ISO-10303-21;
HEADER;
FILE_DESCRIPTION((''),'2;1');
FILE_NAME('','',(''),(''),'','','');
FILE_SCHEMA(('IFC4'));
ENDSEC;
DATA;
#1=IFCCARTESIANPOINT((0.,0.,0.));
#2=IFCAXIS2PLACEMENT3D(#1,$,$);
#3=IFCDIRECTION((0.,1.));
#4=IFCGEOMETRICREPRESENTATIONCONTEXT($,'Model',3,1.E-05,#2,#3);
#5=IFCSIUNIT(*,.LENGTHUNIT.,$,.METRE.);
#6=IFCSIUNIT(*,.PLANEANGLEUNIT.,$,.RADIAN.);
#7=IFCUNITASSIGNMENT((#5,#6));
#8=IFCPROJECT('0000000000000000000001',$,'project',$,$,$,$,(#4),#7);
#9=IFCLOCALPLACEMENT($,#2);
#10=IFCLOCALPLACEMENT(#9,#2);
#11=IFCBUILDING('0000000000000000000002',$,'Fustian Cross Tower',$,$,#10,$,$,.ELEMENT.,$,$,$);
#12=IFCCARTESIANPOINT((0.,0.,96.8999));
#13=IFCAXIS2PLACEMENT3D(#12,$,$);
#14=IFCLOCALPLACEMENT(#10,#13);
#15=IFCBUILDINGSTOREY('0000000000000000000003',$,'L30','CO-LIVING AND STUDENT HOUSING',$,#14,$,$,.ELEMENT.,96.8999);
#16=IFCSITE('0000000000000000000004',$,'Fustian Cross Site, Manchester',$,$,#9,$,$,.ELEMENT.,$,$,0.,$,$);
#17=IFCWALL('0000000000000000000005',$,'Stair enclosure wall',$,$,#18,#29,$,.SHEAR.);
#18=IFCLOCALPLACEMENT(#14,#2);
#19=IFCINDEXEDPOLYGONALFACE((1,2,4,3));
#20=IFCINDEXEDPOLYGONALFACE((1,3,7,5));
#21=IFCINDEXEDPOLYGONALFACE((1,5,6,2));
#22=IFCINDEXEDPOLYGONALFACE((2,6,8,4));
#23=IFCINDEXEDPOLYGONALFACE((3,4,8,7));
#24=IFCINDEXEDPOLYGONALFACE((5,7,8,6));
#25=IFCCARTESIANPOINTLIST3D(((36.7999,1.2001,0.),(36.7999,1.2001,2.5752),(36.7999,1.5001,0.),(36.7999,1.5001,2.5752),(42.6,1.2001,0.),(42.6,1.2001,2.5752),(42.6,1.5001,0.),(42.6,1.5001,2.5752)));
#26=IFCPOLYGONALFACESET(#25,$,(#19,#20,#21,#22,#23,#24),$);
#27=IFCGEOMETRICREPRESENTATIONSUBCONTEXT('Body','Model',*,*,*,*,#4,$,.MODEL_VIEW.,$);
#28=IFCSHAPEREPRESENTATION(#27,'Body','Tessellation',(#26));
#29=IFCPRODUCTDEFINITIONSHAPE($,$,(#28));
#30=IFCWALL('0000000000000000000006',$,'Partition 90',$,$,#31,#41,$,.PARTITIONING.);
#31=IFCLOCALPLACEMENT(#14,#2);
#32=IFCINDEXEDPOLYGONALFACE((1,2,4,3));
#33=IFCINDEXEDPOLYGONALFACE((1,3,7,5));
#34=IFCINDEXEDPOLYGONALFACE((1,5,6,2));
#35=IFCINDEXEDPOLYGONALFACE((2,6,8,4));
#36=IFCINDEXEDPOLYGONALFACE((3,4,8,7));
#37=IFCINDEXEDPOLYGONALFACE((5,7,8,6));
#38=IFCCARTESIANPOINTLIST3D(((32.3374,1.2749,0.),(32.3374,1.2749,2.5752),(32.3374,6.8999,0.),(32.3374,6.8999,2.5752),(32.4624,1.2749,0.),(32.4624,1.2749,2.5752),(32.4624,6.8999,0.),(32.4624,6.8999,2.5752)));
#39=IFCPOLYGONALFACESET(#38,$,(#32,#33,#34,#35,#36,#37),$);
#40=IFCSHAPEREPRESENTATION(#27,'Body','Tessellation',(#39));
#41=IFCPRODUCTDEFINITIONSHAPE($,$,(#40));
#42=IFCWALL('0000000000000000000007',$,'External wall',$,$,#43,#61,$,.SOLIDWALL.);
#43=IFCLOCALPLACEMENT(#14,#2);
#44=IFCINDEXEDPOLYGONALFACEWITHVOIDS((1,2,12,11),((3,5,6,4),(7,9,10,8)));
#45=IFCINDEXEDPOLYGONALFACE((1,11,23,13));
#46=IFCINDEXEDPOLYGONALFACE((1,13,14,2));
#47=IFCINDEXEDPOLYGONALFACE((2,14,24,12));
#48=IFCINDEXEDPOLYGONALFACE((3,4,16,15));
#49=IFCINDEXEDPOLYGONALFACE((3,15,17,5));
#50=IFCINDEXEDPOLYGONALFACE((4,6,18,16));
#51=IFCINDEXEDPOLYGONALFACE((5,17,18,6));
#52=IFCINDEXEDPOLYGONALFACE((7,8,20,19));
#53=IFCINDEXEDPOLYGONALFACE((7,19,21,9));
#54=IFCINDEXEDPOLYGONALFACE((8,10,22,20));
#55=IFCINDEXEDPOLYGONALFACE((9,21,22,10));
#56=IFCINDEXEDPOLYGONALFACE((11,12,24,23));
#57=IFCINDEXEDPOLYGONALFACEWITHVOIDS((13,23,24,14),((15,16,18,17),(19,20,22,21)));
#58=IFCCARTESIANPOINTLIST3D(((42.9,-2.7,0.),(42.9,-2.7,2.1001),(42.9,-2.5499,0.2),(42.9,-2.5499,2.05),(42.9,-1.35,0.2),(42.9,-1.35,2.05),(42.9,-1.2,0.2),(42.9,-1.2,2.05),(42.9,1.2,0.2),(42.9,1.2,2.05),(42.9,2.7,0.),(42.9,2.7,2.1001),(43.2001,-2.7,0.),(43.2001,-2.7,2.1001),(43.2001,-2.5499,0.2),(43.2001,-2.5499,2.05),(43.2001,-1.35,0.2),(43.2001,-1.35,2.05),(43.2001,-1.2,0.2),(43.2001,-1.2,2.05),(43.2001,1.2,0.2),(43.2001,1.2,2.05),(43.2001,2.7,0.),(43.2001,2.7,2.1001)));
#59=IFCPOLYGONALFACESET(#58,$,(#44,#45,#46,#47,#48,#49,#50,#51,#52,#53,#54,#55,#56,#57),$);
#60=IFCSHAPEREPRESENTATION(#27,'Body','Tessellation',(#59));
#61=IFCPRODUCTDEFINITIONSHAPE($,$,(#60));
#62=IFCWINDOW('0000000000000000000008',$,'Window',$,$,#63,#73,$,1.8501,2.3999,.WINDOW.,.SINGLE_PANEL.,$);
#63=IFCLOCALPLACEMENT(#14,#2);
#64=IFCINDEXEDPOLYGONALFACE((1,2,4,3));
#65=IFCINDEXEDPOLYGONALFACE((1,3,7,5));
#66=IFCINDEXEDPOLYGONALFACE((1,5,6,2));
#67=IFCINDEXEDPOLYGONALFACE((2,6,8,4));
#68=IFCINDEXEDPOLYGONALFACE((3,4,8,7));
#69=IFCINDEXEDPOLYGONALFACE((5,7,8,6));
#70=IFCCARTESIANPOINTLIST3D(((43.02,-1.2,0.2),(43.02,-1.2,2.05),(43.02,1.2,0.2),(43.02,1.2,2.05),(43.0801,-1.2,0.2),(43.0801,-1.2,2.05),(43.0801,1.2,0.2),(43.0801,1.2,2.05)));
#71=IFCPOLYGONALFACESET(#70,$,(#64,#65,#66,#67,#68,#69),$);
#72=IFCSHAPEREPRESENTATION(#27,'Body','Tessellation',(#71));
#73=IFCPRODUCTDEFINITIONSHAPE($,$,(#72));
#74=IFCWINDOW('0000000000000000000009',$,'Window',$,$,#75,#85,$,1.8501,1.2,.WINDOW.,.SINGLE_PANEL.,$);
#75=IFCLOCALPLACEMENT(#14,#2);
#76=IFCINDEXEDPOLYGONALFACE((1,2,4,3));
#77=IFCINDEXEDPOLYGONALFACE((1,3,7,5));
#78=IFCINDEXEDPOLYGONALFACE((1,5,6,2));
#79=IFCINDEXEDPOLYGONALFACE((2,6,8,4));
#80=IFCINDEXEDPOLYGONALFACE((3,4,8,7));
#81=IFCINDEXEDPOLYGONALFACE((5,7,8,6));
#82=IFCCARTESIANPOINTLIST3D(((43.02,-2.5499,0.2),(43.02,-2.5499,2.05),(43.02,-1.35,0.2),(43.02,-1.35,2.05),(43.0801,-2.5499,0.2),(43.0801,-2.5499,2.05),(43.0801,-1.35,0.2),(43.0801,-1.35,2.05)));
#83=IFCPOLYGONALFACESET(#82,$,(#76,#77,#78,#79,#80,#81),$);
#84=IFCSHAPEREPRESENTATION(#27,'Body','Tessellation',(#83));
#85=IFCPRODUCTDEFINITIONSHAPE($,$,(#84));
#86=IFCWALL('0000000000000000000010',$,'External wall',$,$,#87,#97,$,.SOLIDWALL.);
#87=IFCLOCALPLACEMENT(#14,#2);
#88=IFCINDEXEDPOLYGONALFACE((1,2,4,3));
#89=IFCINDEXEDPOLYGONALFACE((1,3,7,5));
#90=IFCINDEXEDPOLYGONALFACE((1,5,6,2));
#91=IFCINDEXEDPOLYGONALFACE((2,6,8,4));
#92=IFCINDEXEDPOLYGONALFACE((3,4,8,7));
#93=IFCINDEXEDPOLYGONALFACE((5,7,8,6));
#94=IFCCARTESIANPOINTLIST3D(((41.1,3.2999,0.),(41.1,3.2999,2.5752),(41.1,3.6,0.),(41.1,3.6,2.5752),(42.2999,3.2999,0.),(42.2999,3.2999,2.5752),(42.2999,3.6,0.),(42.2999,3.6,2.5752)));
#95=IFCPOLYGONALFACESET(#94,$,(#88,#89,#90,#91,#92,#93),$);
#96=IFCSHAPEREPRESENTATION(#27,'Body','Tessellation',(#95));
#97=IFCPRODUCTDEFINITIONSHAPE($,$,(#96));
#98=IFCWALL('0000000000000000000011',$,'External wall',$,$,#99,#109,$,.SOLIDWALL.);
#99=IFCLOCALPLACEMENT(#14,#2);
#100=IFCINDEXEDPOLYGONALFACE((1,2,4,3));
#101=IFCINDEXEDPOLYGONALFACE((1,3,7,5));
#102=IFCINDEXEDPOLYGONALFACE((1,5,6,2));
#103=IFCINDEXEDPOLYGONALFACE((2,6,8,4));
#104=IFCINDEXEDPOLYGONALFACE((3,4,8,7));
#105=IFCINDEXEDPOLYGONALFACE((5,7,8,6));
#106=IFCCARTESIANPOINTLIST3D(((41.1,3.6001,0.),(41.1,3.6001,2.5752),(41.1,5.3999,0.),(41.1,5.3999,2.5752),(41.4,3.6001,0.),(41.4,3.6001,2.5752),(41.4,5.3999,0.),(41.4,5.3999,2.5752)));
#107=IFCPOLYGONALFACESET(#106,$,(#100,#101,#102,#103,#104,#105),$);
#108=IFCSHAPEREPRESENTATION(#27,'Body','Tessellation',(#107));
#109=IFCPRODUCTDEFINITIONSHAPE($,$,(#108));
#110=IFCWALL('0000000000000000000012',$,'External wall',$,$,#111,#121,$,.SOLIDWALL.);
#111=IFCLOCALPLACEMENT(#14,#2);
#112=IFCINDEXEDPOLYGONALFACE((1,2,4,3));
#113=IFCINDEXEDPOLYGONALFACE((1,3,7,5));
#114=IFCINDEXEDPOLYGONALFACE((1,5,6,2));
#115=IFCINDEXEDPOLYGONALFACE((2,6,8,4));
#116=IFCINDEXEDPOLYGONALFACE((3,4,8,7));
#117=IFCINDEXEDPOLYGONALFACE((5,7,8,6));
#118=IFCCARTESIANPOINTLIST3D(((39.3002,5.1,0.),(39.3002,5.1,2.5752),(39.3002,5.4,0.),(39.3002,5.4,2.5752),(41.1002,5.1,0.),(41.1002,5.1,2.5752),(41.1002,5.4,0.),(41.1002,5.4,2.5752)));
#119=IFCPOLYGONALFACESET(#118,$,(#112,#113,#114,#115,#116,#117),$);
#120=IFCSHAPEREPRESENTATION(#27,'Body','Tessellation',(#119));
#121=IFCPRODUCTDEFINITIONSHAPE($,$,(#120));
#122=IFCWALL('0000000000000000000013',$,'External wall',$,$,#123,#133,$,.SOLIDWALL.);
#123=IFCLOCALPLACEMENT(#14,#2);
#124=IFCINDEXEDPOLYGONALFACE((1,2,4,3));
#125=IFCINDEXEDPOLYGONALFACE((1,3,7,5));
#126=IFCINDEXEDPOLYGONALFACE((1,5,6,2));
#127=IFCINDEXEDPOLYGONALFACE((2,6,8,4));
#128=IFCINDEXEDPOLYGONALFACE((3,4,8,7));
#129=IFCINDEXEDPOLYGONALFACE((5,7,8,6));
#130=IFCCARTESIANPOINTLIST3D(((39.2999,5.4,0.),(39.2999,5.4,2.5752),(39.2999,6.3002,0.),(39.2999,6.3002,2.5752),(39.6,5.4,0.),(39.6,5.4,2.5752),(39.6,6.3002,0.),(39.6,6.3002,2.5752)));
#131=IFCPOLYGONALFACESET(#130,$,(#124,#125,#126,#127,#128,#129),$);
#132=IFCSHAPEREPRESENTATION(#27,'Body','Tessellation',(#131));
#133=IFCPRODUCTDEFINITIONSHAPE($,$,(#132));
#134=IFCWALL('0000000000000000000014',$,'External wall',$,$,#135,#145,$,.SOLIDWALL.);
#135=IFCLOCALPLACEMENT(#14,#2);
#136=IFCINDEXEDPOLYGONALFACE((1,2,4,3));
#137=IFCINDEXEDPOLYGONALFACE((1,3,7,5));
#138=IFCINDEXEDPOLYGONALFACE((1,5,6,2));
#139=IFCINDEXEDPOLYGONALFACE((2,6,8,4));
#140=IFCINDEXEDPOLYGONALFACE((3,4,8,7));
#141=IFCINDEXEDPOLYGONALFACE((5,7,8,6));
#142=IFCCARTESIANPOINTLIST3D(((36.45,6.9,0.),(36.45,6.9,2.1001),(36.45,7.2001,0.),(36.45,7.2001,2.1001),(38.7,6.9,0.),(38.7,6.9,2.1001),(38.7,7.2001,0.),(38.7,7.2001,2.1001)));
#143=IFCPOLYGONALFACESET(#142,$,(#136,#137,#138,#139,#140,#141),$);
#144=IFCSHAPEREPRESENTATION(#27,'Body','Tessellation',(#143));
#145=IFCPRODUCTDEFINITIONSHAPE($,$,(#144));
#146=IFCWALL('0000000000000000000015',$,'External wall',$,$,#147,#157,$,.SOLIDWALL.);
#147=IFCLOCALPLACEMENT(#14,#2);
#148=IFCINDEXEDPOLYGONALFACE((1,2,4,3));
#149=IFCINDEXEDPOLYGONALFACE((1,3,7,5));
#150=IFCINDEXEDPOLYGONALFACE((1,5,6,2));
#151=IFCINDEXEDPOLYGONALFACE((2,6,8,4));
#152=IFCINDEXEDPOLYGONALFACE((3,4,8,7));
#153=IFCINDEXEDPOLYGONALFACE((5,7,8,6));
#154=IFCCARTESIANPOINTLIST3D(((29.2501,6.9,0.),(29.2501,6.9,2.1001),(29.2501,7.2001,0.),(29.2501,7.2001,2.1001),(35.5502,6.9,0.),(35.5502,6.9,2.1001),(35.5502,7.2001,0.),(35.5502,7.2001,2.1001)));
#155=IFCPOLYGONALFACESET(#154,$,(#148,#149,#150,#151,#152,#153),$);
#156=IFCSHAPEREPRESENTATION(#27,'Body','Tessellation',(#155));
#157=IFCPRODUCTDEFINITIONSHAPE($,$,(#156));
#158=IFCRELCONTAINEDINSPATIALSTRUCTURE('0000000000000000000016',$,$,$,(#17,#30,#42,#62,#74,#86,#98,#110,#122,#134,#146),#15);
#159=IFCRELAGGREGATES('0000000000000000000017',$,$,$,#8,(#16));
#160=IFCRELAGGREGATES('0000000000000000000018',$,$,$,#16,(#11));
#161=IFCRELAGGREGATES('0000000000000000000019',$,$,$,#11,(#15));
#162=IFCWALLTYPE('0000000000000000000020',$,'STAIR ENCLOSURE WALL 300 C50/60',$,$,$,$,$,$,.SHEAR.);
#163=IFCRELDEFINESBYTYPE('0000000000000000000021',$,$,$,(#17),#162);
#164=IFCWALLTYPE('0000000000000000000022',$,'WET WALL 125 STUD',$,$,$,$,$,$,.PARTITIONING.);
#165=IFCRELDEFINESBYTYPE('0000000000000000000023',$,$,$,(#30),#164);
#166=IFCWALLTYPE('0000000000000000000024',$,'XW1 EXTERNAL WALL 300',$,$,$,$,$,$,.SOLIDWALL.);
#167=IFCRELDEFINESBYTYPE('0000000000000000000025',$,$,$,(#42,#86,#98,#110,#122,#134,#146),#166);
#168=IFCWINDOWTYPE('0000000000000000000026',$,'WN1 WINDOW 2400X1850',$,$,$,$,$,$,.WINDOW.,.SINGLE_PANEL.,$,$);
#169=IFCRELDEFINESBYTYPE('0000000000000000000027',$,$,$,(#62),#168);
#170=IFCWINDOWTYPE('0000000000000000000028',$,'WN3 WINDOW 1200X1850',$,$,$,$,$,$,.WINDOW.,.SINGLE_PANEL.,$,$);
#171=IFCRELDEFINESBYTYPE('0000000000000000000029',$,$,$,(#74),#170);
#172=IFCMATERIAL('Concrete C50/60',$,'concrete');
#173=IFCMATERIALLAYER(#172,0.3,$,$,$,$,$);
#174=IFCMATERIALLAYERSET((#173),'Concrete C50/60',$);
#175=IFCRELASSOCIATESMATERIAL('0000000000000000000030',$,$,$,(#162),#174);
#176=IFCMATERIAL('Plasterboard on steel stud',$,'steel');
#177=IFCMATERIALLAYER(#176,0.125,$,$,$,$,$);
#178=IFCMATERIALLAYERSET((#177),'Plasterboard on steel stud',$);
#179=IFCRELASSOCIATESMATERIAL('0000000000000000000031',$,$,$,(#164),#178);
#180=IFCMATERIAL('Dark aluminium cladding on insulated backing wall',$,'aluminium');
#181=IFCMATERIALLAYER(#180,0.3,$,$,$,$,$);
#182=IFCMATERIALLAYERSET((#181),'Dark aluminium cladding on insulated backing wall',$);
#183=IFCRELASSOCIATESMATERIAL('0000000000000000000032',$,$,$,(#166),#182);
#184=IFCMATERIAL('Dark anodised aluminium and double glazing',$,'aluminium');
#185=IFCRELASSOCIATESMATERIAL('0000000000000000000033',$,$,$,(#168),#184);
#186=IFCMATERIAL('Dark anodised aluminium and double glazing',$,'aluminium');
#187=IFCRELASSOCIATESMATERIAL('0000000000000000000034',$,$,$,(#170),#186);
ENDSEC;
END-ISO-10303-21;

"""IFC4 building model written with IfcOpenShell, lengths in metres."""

from ifc_helpers import new_model, si_unit, direction, frame, frame_2d, origin, place, context, subcontext, project, spatial, rectangle, extrude, material, layer, layer_set, type_object, element, fill, save


model = new_model("IFC4")

# Units and contexts
model_context = context("Model", 3, precision=1e-05, world=origin(), true_north=direction((0.0, 1.0)))
body_context = subcontext(model_context, "Body", "Model", "MODEL_VIEW")
ifc_project = project(units=[si_unit("LENGTHUNIT", "METRE"), si_unit("PLANEANGLEUNIT", "RADIAN")], contexts=[model_context])

# Site, building, storey
site_placement = place(None, origin())
site = spatial("IfcSite", under=ifc_project, at=site_placement, Name="Fustian Cross Site, Manchester", CompositionType="ELEMENT", RefElevation=0.0)
building_placement = place(site_placement, origin())
building = spatial("IfcBuilding", under=site, at=building_placement, Name="Fustian Cross Tower", CompositionType="ELEMENT")
storey_placement = place(building_placement, frame((0.0, 0.0, 96.8999)))
storey = spatial("IfcBuildingStorey", under=building, at=storey_placement, Name="L30", Description="CO-LIVING AND STUDENT HOUSING", CompositionType="ELEMENT", Elevation=96.8999)

# Shared definitions
ifc_material_1 = material(Name="Concrete C50/60", Category="concrete")
ifc_layer_1 = layer(ifc_material_1, 0.3)
ifc_layer_set_1 = layer_set([ifc_layer_1], Name="Concrete C50/60")
wall_type_1 = type_object("IfcWallType", Name="STAIR ENCLOSURE WALL 300 C50/60", PredefinedType="SHEAR", material=ifc_layer_set_1)

# Walls
for number, where, z_axis, x_axis, name in (
    (1, (36.8, 1.3501, 0.0), (0.0, 0.0, 1.0), (1.0, 0.0, 0.0), "Stair enclosure wall"),
):
    element("IfcWall", number, at=place(storey_placement, frame(where, z_axis=z_axis, x_axis=x_axis)), inside=storey, type_object=wall_type_1, Name=name, PredefinedType="SHEAR", context=body_context, shape_type="SweptSolid", body=[
        extrude(rectangle(XDim=5.8, YDim=0.3, at=frame_2d((2.8999, 0.0))), origin(), (0.0, 0.0, 1.0), 2.5752),
    ])
ifc_material_2 = material(Name="Plasterboard on steel stud", Category="steel")
ifc_layer_2 = layer(ifc_material_2, 0.125)
ifc_layer_set_2 = layer_set([ifc_layer_2], Name="Plasterboard on steel stud")
wall_type_2 = type_object("IfcWallType", Name="WET WALL 125 STUD", PredefinedType="PARTITIONING", material=ifc_layer_set_2)
wall_1_placement = place(storey_placement, frame((32.3999, 1.2749, 0.0), z_axis=(0.0, 0.0, 1.0), x_axis=(0.0, 1.0, 0.0)))
element("IfcWall", 2, at=wall_1_placement, inside=storey, type_object=wall_type_2, Name="Partition 90", PredefinedType="PARTITIONING", context=body_context, shape_type="SweptSolid", body=[
    extrude(rectangle(XDim=5.625, YDim=0.125, at=frame_2d((2.8125, 0.0))), origin(), (0.0, 0.0, 1.0), 2.5752),
])

# Wall, openings, windows
ifc_material_3 = material(Name="Dark aluminium cladding on insulated backing wall", Category="aluminium")
ifc_layer_3 = layer(ifc_material_3, 0.3)
ifc_layer_set_3 = layer_set([ifc_layer_3], Name="Dark aluminium cladding on insulated backing wall")
wall_type_3 = type_object("IfcWallType", Name="XW1 EXTERNAL WALL 300", PredefinedType="SOLIDWALL", material=ifc_layer_set_3)
wall_2_placement = place(storey_placement, frame((43.05, -2.7, 0.0), z_axis=(0.0, 0.0, 1.0), x_axis=(0.0, 1.0, 0.0)))
wall_2 = element("IfcWall", 3, at=wall_2_placement, inside=storey, type_object=wall_type_3, Name="External wall", PredefinedType="SOLIDWALL", context=body_context, shape_type="SweptSolid", body=[
    extrude(rectangle(XDim=5.3999, YDim=0.3, at=frame_2d((2.7, 0.0))), origin(), (0.0, 0.0, 1.0), 2.1001),
])
opening_1_placement = place(wall_2_placement, frame((1.5, 0.0, 0.2)))
opening_1 = element("IfcOpeningElement", 4, at=opening_1_placement, cuts=wall_2, PredefinedType="OPENING", context=body_context, shape_type="SweptSolid", body=[
    extrude(rectangle(XDim=2.3999, YDim=1.8501, at=frame_2d((1.2, 0.925))), frame((0.0, 0.1599, 0.0), z_axis=(0.0, -1.0, 0.0), x_axis=(1.0, 0.0, 0.0)), (0.0, 0.0, 1.0), 0.3201),
])
opening_2_placement = place(wall_2_placement, frame((0.1499, 0.0, 0.2)))
opening_2 = element("IfcOpeningElement", 5, at=opening_2_placement, cuts=wall_2, PredefinedType="OPENING", context=body_context, shape_type="SweptSolid", body=[
    extrude(rectangle(XDim=1.2, YDim=1.8501, at=frame_2d((0.6001, 0.925))), frame((0.0, 0.1599, 0.0), z_axis=(0.0, -1.0, 0.0), x_axis=(1.0, 0.0, 0.0)), (0.0, 0.0, 1.0), 0.3201),
])
ifc_material_4 = material(Name="Dark anodised aluminium and double glazing", Category="aluminium")
window_type_1 = type_object("IfcWindowType", Name="WN1 WINDOW 2400X1850", PartitioningType="SINGLE_PANEL", PredefinedType="WINDOW", material=ifc_material_4)
window_1_placement = place(opening_1_placement, origin())
window_1 = element("IfcWindow", 6, at=window_1_placement, inside=storey, type_object=window_type_1, Name="Window", OverallHeight=1.8501, OverallWidth=2.3999, PartitioningType="SINGLE_PANEL", PredefinedType="WINDOW", context=body_context, shape_type="SweptSolid", body=[
    extrude(rectangle(XDim=2.3999, YDim=1.8501, at=frame_2d((1.2, 0.925))), frame((0.0, 0.03, 0.0), z_axis=(0.0, -1.0, 0.0), x_axis=(1.0, 0.0, 0.0)), (0.0, 0.0, 1.0), 0.0601),
])
fill(opening_1, window_1)
ifc_material_5 = material(Name="Dark anodised aluminium and double glazing", Category="aluminium")
window_type_2 = type_object("IfcWindowType", Name="WN3 WINDOW 1200X1850", PartitioningType="SINGLE_PANEL", PredefinedType="WINDOW", material=ifc_material_5)
window_2_placement = place(opening_2_placement, origin())
window_2 = element("IfcWindow", 7, at=window_2_placement, inside=storey, type_object=window_type_2, Name="Window", OverallHeight=1.8501, OverallWidth=1.2, PartitioningType="SINGLE_PANEL", PredefinedType="WINDOW", context=body_context, shape_type="SweptSolid", body=[
    extrude(rectangle(XDim=1.2, YDim=1.8501, at=frame_2d((0.6001, 0.925))), frame((0.0, 0.03, 0.0), z_axis=(0.0, -1.0, 0.0), x_axis=(1.0, 0.0, 0.0)), (0.0, 0.0, 1.0), 0.0601),
])
fill(opening_2, window_2)

# Walls
wall_3_placement = place(storey_placement, frame((42.3, 3.45, 0.0), z_axis=(0.0, 0.0, 1.0), x_axis=(-1.0, 0.0, 0.0)))
element("IfcWall", 8, at=wall_3_placement, inside=storey, type_object=wall_type_3, Name="External wall", PredefinedType="SOLIDWALL", context=body_context, shape_type="SweptSolid", body=[
    extrude(rectangle(XDim=1.2, YDim=0.3, at=frame_2d((0.6001, 0.0))), origin(), (0.0, 0.0, 1.0), 2.5752),
])
wall_4_placement = place(storey_placement, frame((41.25, 3.6001, 0.0), z_axis=(0.0, 0.0, 1.0), x_axis=(0.0, 1.0, 0.0)))
element("IfcWall", 9, at=wall_4_placement, inside=storey, type_object=wall_type_3, Name="External wall", PredefinedType="SOLIDWALL", context=body_context, shape_type="SweptSolid", body=[
    extrude(rectangle(XDim=1.7998, YDim=0.3, at=frame_2d((0.8999, 0.0))), origin(), (0.0, 0.0, 1.0), 2.5752),
])
wall_5_placement = place(storey_placement, frame((41.1001, 5.25, 0.0), z_axis=(0.0, 0.0, 1.0), x_axis=(-1.0, 0.0, 0.0)))
element("IfcWall", 10, at=wall_5_placement, inside=storey, type_object=wall_type_3, Name="External wall", PredefinedType="SOLIDWALL", context=body_context, shape_type="SweptSolid", body=[
    extrude(rectangle(XDim=1.8, YDim=0.3, at=frame_2d((0.8999, 0.0))), origin(), (0.0, 0.0, 1.0), 2.5752),
])
wall_6_placement = place(storey_placement, frame((39.45, 5.3999, 0.0), z_axis=(0.0, 0.0, 1.0), x_axis=(0.0, 1.0, 0.0)))
element("IfcWall", 11, at=wall_6_placement, inside=storey, type_object=wall_type_3, Name="External wall", PredefinedType="SOLIDWALL", context=body_context, shape_type="SweptSolid", body=[
    extrude(rectangle(XDim=0.9001, YDim=0.3, at=frame_2d((0.4502, 0.0))), origin(), (0.0, 0.0, 1.0), 2.5752),
])
wall_7_placement = place(storey_placement, frame((38.7, 7.05, 0.0), z_axis=(0.0, 0.0, 1.0), x_axis=(-1.0, 0.0, 0.0)))
element("IfcWall", 12, at=wall_7_placement, inside=storey, type_object=wall_type_3, Name="External wall", PredefinedType="SOLIDWALL", context=body_context, shape_type="SweptSolid", body=[
    extrude(rectangle(XDim=2.25, YDim=0.3, at=frame_2d((1.125, 0.0))), origin(), (0.0, 0.0, 1.0), 2.1001),
])
wall_8_placement = place(storey_placement, frame((35.55, 7.05, 0.0), z_axis=(0.0, 0.0, 1.0), x_axis=(-1.0, 0.0, 0.0)))
element("IfcWall", 13, at=wall_8_placement, inside=storey, type_object=wall_type_3, Name="External wall", PredefinedType="SOLIDWALL", context=body_context, shape_type="SweptSolid", body=[
    extrude(rectangle(XDim=6.3, YDim=0.3, at=frame_2d((3.1499, 0.0))), origin(), (0.0, 0.0, 1.0), 2.1001),
])

save(model, "model.ifc")
